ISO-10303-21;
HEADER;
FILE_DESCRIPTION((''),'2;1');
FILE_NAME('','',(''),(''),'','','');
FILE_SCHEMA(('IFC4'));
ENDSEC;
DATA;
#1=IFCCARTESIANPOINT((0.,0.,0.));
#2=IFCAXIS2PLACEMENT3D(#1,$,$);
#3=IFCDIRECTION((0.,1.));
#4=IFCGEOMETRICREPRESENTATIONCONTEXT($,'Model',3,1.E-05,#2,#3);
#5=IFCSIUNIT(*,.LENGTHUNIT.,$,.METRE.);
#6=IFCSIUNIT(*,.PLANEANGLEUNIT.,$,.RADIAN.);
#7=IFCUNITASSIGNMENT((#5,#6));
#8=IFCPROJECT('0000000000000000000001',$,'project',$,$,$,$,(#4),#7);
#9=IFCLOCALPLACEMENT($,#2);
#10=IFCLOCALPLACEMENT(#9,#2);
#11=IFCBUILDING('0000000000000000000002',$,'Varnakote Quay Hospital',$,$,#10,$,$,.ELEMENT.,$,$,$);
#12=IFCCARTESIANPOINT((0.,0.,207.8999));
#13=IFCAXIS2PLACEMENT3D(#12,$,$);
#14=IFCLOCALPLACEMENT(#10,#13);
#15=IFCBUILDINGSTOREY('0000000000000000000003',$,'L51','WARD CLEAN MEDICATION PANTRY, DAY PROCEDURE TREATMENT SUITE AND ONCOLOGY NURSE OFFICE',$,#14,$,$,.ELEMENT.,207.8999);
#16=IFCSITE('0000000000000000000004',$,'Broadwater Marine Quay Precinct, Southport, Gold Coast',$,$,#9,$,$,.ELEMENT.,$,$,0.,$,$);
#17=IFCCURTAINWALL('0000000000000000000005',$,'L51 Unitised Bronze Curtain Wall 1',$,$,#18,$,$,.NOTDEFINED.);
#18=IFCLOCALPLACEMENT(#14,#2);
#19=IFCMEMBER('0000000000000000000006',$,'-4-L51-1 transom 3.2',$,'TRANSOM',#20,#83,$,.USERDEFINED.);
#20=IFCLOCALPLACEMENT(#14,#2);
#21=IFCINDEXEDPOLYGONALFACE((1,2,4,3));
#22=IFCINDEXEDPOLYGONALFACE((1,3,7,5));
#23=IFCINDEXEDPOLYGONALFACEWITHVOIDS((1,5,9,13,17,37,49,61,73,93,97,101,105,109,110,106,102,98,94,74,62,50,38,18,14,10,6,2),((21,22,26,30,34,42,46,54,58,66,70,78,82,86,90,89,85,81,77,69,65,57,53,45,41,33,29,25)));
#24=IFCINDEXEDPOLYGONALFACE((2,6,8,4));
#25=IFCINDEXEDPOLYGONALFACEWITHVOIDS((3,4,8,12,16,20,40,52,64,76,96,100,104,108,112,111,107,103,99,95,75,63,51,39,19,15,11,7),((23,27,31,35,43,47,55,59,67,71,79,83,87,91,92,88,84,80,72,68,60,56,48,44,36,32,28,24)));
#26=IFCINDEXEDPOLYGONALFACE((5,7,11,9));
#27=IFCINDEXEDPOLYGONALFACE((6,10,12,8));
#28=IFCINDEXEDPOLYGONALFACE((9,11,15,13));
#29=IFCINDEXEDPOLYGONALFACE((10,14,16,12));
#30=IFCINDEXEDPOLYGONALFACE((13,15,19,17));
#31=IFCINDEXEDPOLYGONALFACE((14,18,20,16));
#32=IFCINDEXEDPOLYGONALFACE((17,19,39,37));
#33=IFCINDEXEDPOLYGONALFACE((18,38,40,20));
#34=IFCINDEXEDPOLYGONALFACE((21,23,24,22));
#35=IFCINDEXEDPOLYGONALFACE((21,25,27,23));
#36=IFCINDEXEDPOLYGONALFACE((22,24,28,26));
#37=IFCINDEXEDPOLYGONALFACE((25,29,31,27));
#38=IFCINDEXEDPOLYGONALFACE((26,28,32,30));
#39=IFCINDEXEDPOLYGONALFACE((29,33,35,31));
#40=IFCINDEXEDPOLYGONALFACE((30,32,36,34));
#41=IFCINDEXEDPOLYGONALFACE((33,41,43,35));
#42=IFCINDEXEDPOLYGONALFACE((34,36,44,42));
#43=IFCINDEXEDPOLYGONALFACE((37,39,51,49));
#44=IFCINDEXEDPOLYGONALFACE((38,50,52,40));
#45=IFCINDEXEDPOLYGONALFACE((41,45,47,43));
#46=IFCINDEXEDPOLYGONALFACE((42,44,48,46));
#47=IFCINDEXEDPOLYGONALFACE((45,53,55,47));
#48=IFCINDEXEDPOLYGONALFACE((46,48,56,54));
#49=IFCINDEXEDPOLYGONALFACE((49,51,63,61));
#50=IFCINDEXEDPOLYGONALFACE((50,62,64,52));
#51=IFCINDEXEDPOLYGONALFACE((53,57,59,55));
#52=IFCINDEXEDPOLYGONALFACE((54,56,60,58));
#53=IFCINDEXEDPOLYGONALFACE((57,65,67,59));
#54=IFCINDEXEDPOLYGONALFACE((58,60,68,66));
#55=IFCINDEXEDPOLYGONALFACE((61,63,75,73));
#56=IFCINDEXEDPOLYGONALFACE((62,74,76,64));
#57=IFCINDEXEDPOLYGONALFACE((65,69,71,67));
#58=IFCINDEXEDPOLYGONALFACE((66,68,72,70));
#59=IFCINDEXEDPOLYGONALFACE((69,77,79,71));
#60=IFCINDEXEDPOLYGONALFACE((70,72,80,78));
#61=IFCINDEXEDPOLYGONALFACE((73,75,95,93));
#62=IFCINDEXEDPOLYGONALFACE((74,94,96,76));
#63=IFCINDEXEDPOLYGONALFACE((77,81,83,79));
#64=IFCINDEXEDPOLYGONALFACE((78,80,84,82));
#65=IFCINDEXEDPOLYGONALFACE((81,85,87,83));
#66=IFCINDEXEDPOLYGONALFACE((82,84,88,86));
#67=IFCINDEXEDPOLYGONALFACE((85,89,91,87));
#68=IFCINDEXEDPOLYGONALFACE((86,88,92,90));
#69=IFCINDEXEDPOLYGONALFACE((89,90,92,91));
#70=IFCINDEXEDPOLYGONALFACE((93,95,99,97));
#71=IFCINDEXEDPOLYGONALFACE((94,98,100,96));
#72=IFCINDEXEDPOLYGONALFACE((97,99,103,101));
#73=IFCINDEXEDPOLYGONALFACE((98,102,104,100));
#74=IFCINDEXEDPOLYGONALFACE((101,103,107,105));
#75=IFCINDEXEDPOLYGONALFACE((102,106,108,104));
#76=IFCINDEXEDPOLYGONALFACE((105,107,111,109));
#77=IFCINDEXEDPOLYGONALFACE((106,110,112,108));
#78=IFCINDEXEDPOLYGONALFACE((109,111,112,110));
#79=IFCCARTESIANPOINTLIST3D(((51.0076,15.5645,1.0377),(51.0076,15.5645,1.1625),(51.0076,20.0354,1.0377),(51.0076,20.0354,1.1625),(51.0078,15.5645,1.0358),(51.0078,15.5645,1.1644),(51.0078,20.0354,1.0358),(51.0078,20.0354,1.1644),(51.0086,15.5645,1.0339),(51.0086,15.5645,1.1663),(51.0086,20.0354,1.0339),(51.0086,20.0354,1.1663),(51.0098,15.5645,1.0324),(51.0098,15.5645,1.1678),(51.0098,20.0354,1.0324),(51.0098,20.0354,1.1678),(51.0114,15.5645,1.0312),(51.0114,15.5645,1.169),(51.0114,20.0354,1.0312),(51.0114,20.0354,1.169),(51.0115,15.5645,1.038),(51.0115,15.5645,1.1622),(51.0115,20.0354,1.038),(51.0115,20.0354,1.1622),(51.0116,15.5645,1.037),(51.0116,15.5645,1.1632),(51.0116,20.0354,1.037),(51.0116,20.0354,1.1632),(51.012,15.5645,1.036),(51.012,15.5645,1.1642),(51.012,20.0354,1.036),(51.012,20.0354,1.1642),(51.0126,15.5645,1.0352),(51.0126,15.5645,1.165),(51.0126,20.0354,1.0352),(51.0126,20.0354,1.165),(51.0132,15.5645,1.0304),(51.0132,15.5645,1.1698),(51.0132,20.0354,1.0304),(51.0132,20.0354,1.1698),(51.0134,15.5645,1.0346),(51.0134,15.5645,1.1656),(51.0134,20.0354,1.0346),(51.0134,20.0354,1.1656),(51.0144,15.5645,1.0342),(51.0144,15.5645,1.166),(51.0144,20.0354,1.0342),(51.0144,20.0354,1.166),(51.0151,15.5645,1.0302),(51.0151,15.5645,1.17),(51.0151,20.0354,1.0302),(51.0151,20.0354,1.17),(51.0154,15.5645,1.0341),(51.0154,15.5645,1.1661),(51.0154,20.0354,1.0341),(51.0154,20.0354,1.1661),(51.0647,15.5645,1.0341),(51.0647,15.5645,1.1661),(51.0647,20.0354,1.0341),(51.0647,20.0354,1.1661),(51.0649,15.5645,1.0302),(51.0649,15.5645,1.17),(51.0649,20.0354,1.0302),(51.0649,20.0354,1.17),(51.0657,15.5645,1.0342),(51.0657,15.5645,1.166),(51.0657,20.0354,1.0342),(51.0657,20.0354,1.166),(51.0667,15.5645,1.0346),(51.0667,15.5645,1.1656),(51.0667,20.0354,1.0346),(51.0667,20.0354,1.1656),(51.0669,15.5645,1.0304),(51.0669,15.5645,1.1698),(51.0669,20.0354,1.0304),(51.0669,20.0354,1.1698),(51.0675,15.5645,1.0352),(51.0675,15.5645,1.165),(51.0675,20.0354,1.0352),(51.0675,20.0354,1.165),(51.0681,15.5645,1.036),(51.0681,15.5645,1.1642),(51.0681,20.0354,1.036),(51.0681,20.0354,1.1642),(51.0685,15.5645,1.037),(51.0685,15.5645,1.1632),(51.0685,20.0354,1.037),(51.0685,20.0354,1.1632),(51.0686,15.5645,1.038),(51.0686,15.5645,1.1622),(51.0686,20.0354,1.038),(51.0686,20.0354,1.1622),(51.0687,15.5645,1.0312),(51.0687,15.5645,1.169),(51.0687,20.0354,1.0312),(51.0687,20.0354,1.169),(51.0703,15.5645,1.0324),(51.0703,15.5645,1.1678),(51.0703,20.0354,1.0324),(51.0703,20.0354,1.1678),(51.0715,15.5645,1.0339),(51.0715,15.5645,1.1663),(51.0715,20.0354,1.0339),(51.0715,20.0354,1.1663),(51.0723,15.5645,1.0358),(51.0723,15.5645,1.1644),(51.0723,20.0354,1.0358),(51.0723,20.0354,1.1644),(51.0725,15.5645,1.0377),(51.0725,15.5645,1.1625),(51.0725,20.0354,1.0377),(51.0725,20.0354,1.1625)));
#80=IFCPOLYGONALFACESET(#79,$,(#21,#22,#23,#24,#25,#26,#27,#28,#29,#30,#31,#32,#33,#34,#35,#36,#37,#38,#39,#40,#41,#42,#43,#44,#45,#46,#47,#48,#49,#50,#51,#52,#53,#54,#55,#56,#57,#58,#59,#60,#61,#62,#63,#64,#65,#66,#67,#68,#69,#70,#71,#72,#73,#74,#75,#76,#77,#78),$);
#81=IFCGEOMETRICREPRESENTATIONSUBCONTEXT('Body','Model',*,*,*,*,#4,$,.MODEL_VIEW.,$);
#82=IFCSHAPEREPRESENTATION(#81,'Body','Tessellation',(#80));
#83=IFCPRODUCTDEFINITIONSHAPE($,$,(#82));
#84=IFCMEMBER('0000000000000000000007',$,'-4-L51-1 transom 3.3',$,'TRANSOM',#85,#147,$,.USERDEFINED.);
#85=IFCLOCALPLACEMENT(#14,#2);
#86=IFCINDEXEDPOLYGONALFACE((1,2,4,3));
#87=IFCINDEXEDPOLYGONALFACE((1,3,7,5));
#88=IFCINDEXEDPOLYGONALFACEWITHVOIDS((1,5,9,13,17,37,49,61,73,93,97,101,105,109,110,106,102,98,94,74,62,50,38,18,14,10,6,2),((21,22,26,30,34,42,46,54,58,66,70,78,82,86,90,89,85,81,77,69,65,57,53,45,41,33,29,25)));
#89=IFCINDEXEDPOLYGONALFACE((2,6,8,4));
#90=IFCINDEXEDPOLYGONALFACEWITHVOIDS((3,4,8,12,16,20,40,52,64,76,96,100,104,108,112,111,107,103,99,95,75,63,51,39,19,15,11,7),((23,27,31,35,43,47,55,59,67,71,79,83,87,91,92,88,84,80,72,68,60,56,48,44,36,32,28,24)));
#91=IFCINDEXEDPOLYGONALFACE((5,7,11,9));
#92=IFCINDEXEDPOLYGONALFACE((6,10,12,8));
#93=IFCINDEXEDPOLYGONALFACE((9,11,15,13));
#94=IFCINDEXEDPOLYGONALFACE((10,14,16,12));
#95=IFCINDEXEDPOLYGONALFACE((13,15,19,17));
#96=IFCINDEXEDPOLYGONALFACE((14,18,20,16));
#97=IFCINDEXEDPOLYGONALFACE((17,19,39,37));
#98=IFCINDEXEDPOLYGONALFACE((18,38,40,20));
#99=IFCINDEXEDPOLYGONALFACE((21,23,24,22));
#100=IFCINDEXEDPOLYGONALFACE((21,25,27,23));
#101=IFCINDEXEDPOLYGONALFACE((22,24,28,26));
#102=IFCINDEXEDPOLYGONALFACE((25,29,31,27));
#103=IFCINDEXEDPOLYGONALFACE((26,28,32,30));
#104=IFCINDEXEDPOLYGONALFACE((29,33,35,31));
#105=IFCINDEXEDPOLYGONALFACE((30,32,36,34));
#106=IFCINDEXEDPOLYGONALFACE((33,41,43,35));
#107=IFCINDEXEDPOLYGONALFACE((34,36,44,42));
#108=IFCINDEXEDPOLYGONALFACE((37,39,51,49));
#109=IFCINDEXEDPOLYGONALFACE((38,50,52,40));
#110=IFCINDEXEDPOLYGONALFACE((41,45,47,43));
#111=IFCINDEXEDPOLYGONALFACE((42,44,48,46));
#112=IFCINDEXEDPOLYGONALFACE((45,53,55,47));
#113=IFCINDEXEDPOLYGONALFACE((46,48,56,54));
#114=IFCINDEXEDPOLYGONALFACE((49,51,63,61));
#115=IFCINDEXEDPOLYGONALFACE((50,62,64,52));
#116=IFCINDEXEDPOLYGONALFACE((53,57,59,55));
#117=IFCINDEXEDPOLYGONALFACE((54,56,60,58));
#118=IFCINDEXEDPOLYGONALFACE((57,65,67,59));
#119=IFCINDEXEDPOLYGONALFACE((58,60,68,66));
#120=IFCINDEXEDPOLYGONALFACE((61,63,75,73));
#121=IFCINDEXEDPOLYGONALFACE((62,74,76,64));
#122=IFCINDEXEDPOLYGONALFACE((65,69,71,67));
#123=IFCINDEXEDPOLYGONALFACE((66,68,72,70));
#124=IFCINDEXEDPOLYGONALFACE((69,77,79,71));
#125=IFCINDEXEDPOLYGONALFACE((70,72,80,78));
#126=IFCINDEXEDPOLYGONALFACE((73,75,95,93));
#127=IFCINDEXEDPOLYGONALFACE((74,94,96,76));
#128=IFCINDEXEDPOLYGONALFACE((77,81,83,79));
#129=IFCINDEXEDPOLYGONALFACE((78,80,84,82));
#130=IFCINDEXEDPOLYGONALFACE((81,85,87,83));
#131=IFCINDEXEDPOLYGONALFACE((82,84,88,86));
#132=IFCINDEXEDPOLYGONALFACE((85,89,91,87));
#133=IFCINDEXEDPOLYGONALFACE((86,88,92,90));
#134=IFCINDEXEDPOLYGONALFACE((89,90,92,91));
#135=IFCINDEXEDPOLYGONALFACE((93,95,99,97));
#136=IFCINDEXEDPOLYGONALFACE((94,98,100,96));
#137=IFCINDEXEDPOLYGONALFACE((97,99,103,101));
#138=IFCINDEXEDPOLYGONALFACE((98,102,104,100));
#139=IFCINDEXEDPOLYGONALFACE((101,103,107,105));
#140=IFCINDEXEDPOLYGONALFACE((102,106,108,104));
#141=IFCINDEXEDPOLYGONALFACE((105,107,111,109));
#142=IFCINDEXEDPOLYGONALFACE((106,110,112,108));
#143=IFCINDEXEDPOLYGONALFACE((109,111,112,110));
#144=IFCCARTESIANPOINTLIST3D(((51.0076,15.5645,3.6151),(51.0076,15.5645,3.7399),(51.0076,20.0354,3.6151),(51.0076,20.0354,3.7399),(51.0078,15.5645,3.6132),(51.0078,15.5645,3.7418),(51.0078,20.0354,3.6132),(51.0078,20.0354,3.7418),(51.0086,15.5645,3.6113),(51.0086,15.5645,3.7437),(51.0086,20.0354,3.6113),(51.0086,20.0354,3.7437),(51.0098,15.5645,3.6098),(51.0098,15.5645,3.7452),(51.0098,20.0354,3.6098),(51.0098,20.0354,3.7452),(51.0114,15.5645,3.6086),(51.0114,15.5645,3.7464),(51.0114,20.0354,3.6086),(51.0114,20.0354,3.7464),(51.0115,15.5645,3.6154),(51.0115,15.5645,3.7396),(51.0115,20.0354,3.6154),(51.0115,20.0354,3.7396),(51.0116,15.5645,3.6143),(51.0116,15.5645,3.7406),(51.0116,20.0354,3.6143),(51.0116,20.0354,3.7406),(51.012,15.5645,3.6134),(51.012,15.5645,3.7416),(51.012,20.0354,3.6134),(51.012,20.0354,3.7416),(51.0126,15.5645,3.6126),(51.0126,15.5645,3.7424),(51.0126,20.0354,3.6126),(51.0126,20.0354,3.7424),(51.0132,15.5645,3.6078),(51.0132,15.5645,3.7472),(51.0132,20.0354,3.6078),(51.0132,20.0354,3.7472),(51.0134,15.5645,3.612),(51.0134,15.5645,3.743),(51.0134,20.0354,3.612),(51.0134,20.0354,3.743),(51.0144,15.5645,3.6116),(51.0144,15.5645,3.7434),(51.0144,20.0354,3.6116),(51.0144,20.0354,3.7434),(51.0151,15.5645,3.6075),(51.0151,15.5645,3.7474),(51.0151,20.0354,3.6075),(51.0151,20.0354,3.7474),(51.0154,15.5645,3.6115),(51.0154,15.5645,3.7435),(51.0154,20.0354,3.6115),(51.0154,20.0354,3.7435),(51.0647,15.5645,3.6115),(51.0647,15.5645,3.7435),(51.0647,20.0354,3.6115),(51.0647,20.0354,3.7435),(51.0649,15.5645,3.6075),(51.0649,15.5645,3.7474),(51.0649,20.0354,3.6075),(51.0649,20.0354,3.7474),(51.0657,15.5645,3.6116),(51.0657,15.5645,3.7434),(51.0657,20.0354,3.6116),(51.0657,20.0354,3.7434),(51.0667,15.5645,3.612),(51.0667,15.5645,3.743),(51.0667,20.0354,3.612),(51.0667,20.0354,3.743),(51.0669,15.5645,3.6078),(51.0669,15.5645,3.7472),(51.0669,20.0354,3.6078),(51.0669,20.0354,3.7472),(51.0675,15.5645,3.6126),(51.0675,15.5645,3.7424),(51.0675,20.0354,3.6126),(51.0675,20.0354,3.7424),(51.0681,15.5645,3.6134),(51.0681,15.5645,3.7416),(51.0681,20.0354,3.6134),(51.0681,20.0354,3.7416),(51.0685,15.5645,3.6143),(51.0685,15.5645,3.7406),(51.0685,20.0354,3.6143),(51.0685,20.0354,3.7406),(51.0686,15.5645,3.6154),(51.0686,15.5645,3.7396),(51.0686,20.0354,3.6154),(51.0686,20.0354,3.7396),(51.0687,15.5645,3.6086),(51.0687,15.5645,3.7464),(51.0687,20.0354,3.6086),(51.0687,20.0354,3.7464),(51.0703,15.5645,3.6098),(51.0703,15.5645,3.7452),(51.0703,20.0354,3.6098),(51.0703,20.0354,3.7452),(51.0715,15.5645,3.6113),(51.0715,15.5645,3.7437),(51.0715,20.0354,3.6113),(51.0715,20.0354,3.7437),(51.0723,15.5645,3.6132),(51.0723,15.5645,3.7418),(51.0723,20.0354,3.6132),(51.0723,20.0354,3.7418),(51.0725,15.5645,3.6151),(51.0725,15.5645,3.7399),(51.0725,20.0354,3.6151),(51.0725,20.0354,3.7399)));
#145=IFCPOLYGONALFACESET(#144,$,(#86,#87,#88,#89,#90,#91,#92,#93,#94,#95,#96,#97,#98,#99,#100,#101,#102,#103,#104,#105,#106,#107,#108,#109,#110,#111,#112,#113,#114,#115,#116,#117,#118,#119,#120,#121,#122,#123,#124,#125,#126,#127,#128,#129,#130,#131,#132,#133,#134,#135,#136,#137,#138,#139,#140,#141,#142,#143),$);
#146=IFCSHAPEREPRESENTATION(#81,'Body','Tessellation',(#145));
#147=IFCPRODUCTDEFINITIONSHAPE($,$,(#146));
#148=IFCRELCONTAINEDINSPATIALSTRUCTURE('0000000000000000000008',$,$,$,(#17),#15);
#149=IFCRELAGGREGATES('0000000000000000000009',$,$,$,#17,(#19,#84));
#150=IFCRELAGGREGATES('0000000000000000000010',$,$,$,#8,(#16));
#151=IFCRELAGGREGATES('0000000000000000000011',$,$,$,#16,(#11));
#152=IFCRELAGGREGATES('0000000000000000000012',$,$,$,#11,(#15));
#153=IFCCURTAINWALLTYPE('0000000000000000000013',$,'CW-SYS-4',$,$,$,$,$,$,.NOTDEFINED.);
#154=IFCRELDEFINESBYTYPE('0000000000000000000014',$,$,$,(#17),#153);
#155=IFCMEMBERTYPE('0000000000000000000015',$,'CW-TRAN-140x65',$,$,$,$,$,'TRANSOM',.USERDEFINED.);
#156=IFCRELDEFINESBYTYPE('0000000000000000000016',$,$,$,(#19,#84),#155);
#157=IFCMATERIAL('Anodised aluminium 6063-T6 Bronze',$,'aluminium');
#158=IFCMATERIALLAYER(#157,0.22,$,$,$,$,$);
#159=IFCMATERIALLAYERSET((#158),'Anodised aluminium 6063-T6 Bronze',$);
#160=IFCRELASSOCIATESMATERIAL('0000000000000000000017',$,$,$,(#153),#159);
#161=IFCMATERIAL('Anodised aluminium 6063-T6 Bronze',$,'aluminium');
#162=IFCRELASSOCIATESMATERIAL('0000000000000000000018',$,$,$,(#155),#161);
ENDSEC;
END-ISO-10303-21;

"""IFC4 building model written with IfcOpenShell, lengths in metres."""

from ifc_helpers import new_model, si_unit, direction, frame, origin, origin_2d, place, context, subcontext, project, spatial, hollow_rectangle, extrude, material, layer, layer_set, material_profile, profile_set, type_object, element, aggregate, save


model = new_model("IFC4")

# Units and contexts
model_context = context("Model", 3, precision=1e-05, world=origin(), true_north=direction((0.0, 1.0)))
body_context = subcontext(model_context, "Body", "Model", "MODEL_VIEW")
ifc_project = project(units=[si_unit("LENGTHUNIT", "METRE"), si_unit("PLANEANGLEUNIT", "RADIAN")], contexts=[model_context])

# Site, building, storey
site_placement = place(None, origin())
site = spatial("IfcSite", under=ifc_project, at=site_placement, Name="Broadwater Marine Quay Precinct, Southport, Gold Coast", CompositionType="ELEMENT", RefElevation=0.0)
building_placement = place(site_placement, origin())
building = spatial("IfcBuilding", under=site, at=building_placement, Name="Varnakote Quay Hospital", CompositionType="ELEMENT")
storey_placement = place(building_placement, frame((0.0, 0.0, 207.8999)))
storey = spatial("IfcBuildingStorey", under=building, at=storey_placement, Name="L51", Description="WARD CLEAN MEDICATION PANTRY, DAY PROCEDURE TREATMENT SUITE AND ONCOLOGY NURSE OFFICE", CompositionType="ELEMENT", Elevation=207.8999)

# Curtain wall, members
ifc_material_1 = material(Name="Anodised aluminium 6063-T6 Bronze", Category="aluminium")
ifc_layer_1 = layer(ifc_material_1, 0.22)
ifc_layer_set_1 = layer_set([ifc_layer_1], Name="Anodised aluminium 6063-T6 Bronze")
curtain_wall_type = type_object("IfcCurtainWallType", Name="CW-SYS-4", PredefinedType="NOTDEFINED", material=ifc_layer_set_1)
curtain_wall_placement = place(storey_placement, origin())
curtain_wall = element("IfcCurtainWall", 1, at=curtain_wall_placement, inside=storey, type_object=curtain_wall_type, Name="L51 Unitised Bronze Curtain Wall 1", PredefinedType="NOTDEFINED")
ifc_material_2 = material(Name="Anodised aluminium 6063-T6 Bronze", Category="aluminium")
ifc_material_profile_1 = material_profile(ifc_material_2, hollow_rectangle(XDim=0.0649, YDim=0.1399, WallThickness=0.0039, InnerFilletRadius=0.0039, OuterFilletRadius=0.0076, at=origin_2d()), Name="CW-TRAN-140x65")
ifc_profile_set_1 = profile_set([ifc_material_profile_1], Name="Anodised aluminium 6063-T6 Bronze")
member_type_1 = type_object("IfcMemberType", Name="CW-TRAN-140x65", ElementType="TRANSOM", PredefinedType="USERDEFINED", material=ifc_profile_set_1)
member_1_placement = place(storey_placement, frame((51.04, 15.5645, 1.1001), z_axis=(0.0, 1.0, 0.0), x_axis=(-1.0, 0.0, 0.0)))
member_1 = element("IfcMember", 2, at=member_1_placement, type_object=member_type_1, Name="-4-L51-1 transom 3.2", ObjectType="TRANSOM", PredefinedType="USERDEFINED", context=body_context, shape_type="SweptSolid", body=[
    extrude(hollow_rectangle(XDim=0.0649, YDim=0.1399, WallThickness=0.0039, InnerFilletRadius=0.0039, OuterFilletRadius=0.0076, at=origin_2d()), origin(), (0.0, 0.0, 1.0), 4.4709),
])
member_2_placement = place(storey_placement, frame((51.04, 15.5645, 3.6775), z_axis=(0.0, 1.0, 0.0), x_axis=(-1.0, 0.0, 0.0)))
member_2 = element("IfcMember", 3, at=member_2_placement, type_object=member_type_1, Name="-4-L51-1 transom 3.3", ObjectType="TRANSOM", PredefinedType="USERDEFINED", context=body_context, shape_type="SweptSolid", body=[
    extrude(hollow_rectangle(XDim=0.0649, YDim=0.1399, WallThickness=0.0039, InnerFilletRadius=0.0039, OuterFilletRadius=0.0076, at=origin_2d()), origin(), (0.0, 0.0, 1.0), 4.4709),
])
aggregate(curtain_wall, [member_1, member_2])

save(model, "model.ifc")
